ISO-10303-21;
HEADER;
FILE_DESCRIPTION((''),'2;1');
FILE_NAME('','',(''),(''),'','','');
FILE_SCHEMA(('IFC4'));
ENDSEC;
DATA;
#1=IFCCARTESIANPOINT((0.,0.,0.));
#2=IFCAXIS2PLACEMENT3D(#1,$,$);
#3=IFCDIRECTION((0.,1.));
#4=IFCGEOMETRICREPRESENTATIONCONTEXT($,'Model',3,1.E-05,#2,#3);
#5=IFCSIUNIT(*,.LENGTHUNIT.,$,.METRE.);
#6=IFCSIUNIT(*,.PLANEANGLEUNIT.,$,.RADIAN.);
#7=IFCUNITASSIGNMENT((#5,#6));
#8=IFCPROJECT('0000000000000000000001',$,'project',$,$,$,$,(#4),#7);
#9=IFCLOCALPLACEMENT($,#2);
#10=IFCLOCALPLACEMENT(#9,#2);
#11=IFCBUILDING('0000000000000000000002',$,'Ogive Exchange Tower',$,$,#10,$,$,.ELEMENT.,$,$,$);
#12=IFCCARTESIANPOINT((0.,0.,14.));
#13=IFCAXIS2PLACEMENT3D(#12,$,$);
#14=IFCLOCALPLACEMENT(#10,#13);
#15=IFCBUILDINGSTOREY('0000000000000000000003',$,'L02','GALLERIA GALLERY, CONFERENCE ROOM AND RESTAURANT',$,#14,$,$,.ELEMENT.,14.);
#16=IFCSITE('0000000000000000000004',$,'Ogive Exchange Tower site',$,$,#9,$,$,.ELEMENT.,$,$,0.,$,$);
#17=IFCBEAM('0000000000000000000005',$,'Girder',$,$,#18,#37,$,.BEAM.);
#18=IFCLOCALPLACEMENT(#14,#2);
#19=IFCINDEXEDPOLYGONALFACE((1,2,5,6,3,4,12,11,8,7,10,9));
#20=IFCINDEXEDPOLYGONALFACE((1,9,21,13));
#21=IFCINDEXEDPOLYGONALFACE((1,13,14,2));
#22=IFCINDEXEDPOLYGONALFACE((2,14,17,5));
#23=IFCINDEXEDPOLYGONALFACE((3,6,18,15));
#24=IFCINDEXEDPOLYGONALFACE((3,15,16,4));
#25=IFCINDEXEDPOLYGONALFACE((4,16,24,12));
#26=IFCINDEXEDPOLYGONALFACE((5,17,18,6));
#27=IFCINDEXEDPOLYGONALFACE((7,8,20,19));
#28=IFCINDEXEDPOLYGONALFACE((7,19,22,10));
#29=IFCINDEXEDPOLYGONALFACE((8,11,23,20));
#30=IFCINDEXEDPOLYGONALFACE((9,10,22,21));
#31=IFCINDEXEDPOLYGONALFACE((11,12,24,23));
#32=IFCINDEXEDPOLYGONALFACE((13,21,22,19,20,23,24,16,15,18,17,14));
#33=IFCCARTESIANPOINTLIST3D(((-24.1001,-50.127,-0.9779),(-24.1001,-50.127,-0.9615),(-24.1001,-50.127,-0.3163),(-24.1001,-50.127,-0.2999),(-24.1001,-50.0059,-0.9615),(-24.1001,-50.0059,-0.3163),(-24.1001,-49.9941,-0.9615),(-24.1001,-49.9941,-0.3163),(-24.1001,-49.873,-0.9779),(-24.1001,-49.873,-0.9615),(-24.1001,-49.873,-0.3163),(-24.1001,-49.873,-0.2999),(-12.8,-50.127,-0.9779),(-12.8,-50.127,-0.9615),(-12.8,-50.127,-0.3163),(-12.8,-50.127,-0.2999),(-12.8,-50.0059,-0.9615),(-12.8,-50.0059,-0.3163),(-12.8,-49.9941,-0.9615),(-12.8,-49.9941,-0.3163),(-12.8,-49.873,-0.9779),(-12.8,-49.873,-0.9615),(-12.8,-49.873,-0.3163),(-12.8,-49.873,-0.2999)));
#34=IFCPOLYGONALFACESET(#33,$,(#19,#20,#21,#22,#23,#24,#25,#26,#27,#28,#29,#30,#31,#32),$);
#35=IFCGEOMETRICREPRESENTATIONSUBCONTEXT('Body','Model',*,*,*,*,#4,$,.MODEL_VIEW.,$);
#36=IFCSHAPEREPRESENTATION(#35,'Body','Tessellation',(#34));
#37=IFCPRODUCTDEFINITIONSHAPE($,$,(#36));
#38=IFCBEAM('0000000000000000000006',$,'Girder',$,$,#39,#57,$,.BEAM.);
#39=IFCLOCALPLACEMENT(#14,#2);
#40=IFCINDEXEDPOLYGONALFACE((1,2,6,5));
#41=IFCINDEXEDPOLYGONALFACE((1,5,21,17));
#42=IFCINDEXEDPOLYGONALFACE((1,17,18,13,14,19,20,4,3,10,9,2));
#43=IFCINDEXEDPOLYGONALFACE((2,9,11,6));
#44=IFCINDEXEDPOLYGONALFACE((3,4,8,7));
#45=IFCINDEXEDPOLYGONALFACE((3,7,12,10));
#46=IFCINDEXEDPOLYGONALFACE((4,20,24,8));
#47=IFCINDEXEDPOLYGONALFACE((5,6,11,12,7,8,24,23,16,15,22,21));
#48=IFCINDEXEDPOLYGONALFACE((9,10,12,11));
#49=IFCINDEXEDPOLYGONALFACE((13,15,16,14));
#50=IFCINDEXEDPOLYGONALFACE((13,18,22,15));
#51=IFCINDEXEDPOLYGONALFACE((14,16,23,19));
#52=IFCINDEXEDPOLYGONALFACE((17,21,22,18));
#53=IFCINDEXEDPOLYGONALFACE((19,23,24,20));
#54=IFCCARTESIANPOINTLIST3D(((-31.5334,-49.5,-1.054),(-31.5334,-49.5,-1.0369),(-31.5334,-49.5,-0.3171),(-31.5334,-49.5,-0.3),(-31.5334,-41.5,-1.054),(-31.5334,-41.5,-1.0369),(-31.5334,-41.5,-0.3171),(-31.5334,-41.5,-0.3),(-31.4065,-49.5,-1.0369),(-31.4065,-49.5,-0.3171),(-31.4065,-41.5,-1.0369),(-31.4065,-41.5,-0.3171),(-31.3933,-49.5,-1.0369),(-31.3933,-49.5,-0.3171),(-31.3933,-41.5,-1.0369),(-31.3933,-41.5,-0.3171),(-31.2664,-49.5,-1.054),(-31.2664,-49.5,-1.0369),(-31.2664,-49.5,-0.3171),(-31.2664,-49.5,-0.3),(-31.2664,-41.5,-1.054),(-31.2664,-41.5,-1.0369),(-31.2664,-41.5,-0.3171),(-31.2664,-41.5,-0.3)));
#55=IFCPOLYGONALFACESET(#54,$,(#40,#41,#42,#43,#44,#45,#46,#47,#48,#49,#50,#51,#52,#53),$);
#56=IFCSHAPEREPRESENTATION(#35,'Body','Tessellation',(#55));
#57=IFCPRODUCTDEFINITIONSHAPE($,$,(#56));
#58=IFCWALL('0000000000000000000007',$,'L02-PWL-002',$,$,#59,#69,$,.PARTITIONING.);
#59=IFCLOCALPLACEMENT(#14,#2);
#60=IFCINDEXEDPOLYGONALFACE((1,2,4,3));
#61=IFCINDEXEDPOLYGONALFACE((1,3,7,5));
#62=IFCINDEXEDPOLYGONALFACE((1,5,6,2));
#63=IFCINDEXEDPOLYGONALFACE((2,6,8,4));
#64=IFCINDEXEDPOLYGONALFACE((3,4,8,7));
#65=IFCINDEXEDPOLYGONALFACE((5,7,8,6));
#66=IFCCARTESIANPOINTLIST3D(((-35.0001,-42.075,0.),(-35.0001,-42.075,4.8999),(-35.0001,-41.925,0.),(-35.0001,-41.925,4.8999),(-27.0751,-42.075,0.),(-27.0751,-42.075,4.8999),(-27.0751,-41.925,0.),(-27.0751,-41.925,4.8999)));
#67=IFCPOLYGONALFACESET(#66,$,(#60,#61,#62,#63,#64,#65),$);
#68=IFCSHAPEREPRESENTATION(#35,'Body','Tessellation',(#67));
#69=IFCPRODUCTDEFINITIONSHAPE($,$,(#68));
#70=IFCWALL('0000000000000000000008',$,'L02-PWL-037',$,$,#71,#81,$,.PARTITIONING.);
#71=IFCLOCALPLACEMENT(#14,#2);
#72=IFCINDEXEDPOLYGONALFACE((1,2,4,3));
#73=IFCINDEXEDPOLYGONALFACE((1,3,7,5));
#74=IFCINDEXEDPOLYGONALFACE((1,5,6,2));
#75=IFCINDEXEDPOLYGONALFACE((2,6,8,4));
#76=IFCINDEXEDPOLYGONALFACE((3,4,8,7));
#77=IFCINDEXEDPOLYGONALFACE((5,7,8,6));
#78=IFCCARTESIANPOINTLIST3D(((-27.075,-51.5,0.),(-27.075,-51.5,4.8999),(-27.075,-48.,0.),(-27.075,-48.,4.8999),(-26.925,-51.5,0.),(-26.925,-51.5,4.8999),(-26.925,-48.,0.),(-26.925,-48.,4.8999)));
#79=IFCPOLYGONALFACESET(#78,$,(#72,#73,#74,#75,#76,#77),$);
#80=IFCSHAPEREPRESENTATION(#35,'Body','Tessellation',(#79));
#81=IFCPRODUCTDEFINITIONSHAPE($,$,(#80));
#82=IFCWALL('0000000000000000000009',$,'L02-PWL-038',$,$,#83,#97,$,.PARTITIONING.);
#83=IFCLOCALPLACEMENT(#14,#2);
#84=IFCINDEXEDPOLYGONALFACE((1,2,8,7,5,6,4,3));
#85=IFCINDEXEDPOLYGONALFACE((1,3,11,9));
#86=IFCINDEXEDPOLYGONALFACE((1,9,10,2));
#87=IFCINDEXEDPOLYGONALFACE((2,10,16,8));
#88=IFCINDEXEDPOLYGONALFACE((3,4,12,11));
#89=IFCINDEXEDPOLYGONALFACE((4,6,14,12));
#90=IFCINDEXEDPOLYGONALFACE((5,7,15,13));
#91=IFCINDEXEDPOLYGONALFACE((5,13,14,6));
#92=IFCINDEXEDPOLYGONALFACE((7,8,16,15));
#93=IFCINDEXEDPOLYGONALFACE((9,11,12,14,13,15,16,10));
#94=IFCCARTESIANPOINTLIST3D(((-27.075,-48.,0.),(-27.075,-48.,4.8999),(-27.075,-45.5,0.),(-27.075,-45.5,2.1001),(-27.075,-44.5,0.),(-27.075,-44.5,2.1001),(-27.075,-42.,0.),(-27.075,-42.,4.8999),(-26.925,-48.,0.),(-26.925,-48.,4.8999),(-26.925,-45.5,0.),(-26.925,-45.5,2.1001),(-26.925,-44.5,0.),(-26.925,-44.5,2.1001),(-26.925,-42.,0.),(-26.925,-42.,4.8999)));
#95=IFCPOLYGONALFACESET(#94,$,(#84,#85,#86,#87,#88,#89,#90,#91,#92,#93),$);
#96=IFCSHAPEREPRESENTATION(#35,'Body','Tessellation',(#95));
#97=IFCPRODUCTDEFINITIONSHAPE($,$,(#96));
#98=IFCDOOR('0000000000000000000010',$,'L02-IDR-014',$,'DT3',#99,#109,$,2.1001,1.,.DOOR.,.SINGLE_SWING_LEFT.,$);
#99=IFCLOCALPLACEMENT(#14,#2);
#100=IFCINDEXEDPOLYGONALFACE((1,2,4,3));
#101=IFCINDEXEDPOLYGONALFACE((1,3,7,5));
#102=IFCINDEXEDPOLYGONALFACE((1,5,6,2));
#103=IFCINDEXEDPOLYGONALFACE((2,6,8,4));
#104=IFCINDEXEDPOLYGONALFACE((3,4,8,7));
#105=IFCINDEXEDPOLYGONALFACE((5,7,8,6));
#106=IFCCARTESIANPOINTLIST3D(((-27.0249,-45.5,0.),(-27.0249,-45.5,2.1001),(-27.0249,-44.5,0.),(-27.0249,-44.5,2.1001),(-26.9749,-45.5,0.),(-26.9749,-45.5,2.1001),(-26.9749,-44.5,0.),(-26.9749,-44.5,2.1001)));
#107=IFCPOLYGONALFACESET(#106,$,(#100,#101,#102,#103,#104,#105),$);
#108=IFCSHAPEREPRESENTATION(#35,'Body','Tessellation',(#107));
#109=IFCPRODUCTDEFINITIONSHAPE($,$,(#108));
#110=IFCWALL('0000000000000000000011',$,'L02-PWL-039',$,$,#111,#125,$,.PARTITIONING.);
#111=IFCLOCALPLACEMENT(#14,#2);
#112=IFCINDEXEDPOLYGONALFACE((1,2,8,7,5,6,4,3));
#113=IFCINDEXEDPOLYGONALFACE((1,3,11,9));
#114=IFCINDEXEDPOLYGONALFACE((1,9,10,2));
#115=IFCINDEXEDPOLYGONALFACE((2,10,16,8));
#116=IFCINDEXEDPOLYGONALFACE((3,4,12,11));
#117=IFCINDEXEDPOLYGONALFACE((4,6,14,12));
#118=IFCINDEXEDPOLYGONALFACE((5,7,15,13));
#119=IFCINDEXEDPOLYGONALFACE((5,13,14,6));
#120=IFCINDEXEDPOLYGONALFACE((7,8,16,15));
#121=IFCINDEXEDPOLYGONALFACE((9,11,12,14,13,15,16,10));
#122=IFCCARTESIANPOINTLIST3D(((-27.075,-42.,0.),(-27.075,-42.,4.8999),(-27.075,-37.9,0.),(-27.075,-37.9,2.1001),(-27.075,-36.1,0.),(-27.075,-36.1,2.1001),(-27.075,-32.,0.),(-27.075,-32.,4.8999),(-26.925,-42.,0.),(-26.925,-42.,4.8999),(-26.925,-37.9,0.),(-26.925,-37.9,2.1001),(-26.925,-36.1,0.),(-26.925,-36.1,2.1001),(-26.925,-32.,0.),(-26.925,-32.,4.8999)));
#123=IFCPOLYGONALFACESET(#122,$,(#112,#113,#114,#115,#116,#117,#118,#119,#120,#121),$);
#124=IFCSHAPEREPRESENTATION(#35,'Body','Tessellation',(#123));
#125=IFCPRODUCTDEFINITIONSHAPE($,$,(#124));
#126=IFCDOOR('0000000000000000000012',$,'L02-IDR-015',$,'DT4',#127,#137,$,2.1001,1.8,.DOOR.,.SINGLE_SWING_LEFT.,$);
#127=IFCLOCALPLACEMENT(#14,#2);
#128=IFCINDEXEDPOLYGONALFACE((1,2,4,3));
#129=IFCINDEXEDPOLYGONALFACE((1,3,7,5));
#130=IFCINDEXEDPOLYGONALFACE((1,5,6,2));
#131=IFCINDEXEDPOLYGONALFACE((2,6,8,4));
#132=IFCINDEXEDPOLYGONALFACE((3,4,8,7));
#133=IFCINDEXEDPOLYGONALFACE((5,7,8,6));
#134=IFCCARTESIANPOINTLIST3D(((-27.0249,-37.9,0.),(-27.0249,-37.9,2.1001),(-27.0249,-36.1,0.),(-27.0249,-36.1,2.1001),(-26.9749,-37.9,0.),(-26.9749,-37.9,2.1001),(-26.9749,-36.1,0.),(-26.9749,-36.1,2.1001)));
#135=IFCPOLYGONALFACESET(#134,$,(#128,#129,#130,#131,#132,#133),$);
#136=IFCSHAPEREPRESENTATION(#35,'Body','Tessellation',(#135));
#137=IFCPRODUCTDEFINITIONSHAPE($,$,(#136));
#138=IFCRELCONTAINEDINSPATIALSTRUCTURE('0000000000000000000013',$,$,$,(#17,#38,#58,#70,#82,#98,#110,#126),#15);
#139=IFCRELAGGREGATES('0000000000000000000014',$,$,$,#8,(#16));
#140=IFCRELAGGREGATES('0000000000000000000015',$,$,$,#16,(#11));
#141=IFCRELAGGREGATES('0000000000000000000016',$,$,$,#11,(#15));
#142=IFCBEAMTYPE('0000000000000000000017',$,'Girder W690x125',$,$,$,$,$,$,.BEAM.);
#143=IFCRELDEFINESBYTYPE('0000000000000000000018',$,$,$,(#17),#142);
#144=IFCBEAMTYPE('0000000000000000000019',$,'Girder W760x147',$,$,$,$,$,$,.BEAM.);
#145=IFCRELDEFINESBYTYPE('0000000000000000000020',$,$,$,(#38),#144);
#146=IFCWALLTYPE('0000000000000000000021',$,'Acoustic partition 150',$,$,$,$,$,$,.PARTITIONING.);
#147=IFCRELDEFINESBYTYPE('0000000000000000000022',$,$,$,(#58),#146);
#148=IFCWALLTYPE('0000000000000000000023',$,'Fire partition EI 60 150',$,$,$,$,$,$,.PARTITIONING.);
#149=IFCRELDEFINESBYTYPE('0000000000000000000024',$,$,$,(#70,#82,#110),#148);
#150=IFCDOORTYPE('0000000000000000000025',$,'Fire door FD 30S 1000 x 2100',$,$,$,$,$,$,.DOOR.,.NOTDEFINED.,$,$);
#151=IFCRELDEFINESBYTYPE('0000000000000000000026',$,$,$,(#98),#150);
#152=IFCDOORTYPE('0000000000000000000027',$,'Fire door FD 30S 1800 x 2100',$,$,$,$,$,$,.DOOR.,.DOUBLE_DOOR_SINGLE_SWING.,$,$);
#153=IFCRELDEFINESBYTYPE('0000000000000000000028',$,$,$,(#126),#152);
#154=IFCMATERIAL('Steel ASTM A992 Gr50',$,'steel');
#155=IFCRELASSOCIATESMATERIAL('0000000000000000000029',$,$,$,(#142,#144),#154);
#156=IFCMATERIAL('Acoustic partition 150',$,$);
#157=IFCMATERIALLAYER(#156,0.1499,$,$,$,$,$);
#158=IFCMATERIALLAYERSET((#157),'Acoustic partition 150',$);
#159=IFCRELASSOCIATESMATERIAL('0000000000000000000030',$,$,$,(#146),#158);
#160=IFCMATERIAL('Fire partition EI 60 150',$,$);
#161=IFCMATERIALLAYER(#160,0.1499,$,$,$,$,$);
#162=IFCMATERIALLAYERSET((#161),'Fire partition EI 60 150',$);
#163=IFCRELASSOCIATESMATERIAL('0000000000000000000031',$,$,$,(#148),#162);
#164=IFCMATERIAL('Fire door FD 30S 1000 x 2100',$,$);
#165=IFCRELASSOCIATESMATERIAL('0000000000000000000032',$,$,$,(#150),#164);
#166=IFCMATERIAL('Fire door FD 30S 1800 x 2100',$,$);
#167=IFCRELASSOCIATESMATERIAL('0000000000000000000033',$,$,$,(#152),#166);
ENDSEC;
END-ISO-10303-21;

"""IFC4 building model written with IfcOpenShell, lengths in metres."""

from ifc_helpers import new_model, si_unit, direction, frame, frame_2d, origin, origin_2d, place, context, subcontext, project, spatial, rectangle, i_section, extrude, material, layer, layer_set, material_profile, profile_set, type_object, element, fill, save


model = new_model("IFC4")

# Units and contexts
model_context = context("Model", 3, precision=1e-05, world=origin(), true_north=direction((0.0, 1.0)))
body_context = subcontext(model_context, "Body", "Model", "MODEL_VIEW")
ifc_project = project(units=[si_unit("LENGTHUNIT", "METRE"), si_unit("PLANEANGLEUNIT", "RADIAN")], contexts=[model_context])

# Site, building, storey
site_placement = place(None, origin())
site = spatial("IfcSite", under=ifc_project, at=site_placement, Name="Ogive Exchange Tower site", CompositionType="ELEMENT", RefElevation=0.0)
building_placement = place(site_placement, origin())
building = spatial("IfcBuilding", under=site, at=building_placement, Name="Ogive Exchange Tower", CompositionType="ELEMENT")
storey_placement = place(building_placement, frame((0.0, 0.0, 14.0)))
storey = spatial("IfcBuildingStorey", under=building, at=storey_placement, Name="L02", Description="GALLERIA GALLERY, CONFERENCE ROOM AND RESTAURANT", CompositionType="ELEMENT", Elevation=14.0)

# Shared definitions
ifc_material_1 = material(Name="Steel ASTM A992 Gr50", Category="steel")

# Beams
ifc_material_profile_1 = material_profile(ifc_material_1, i_section(OverallWidth=0.2539, OverallDepth=0.678, WebThickness=0.0117, FlangeThickness=0.0164, at=origin_2d()), Name="W690x125")
ifc_profile_set_1 = profile_set([ifc_material_profile_1], Name="Steel ASTM A992 Gr50")
beam_type_1 = type_object("IfcBeamType", Name="Girder W690x125", PredefinedType="BEAM", material=ifc_profile_set_1)
beam_1_placement = place(storey_placement, frame((-24.1001, -50.0, -0.6389), z_axis=(1.0, 0.0, 0.0), x_axis=(0.0, 1.0, 0.0)))
element("IfcBeam", 1, at=beam_1_placement, inside=storey, type_object=beam_type_1, Name="Girder", PredefinedType="BEAM", context=body_context, shape_type="SweptSolid", body=[
    extrude(i_section(OverallWidth=0.2539, OverallDepth=0.678, WebThickness=0.0117, FlangeThickness=0.0164, at=origin_2d()), origin(), (0.0, 0.0, 1.0), 11.3),
])
ifc_material_profile_2 = material_profile(ifc_material_1, i_section(OverallWidth=0.2671, OverallDepth=0.7539, WebThickness=0.0132, FlangeThickness=0.0171, at=origin_2d()), Name="W760x147")
ifc_profile_set_2 = profile_set([ifc_material_profile_2], Name="Steel ASTM A992 Gr50")
beam_type_2 = type_object("IfcBeamType", Name="Girder W760x147", PredefinedType="BEAM", material=ifc_profile_set_2)
beam_2_placement = place(storey_placement, frame((-31.3999, -49.5, -0.677), z_axis=(0.0, 1.0, 0.0), x_axis=(-1.0, 0.0, 0.0)))
element("IfcBeam", 2, at=beam_2_placement, inside=storey, type_object=beam_type_2, Name="Girder", PredefinedType="BEAM", context=body_context, shape_type="SweptSolid", body=[
    extrude(i_section(OverallWidth=0.2671, OverallDepth=0.7539, WebThickness=0.0132, FlangeThickness=0.0171, at=origin_2d()), origin(), (0.0, 0.0, 1.0), 8.0),
])

# Walls
ifc_material_2 = material(Name="Acoustic partition 150")
ifc_layer_1 = layer(ifc_material_2, 0.1499)
ifc_layer_set_1 = layer_set([ifc_layer_1], Name="Acoustic partition 150")
wall_type_1 = type_object("IfcWallType", Name="Acoustic partition 150", PredefinedType="PARTITIONING", material=ifc_layer_set_1)
wall_1_placement = place(storey_placement, frame((-35.0, -42.0, 0.0), z_axis=(0.0, 0.0, 1.0), x_axis=(1.0, 0.0, 0.0)))
element("IfcWall", 3, at=wall_1_placement, inside=storey, type_object=wall_type_1, Name="L02-PWL-002", PredefinedType="PARTITIONING", context=body_context, shape_type="SweptSolid", body=[
    extrude(rectangle(XDim=7.925, YDim=0.1499, at=frame_2d((3.9624, 0.0))), origin(), (0.0, 0.0, 1.0), 4.8999),
])
ifc_material_3 = material(Name="Fire partition EI 60 150")
ifc_layer_2 = layer(ifc_material_3, 0.1499)
ifc_layer_set_2 = layer_set([ifc_layer_2], Name="Fire partition EI 60 150")
wall_type_2 = type_object("IfcWallType", Name="Fire partition EI 60 150", PredefinedType="PARTITIONING", material=ifc_layer_set_2)
wall_2_placement = place(storey_placement, frame((-27.0, -51.5, 0.0), z_axis=(0.0, 0.0, 1.0), x_axis=(0.0, 1.0, 0.0)))
element("IfcWall", 4, at=wall_2_placement, inside=storey, type_object=wall_type_2, Name="L02-PWL-037", PredefinedType="PARTITIONING", context=body_context, shape_type="SweptSolid", body=[
    extrude(rectangle(XDim=3.5, YDim=0.1499, at=frame_2d((1.75, 0.0))), origin(), (0.0, 0.0, 1.0), 4.8999),
])

# Walls, openings, doors
wall_3_placement = place(storey_placement, frame((-27.0, -48.0, 0.0), z_axis=(0.0, 0.0, 1.0), x_axis=(0.0, 1.0, 0.0)))
wall_3 = element("IfcWall", 5, at=wall_3_placement, inside=storey, type_object=wall_type_2, Name="L02-PWL-038", PredefinedType="PARTITIONING", context=body_context, shape_type="SweptSolid", body=[
    extrude(rectangle(XDim=6.0, YDim=0.1499, at=frame_2d((3.0, 0.0))), origin(), (0.0, 0.0, 1.0), 4.8999),
])
opening_1_placement = place(wall_3_placement, frame((2.5, 0.0, 0.0)))
opening_1 = element("IfcOpeningElement", 6, at=opening_1_placement, cuts=wall_3, PredefinedType="OPENING", context=body_context, shape_type="SweptSolid", body=[
    extrude(rectangle(XDim=1.0, YDim=2.1001, at=frame_2d((0.5, 1.05))), frame((0.0, 0.085, 0.0), z_axis=(0.0, -1.0, 0.0), x_axis=(1.0, 0.0, 0.0)), (0.0, 0.0, 1.0), 0.1699),
])
ifc_material_4 = material(Name="Fire door FD 30S 1000 x 2100")
door_type_1 = type_object("IfcDoorType", Name="Fire door FD 30S 1000 x 2100", OperationType="NOTDEFINED", PredefinedType="DOOR", material=ifc_material_4)
door_1_placement = place(opening_1_placement, origin())
door_1 = element("IfcDoor", 7, at=door_1_placement, inside=storey, type_object=door_type_1, Name="L02-IDR-014", ObjectType="DT3", OperationType="SINGLE_SWING_LEFT", OverallHeight=2.1001, OverallWidth=1.0, PredefinedType="DOOR", context=body_context, shape_type="SweptSolid", body=[
    extrude(rectangle(XDim=1.0, YDim=2.1001, at=frame_2d((0.5, 1.05))), frame((0.0, 0.0249, 0.0), z_axis=(0.0, -1.0, 0.0), x_axis=(1.0, 0.0, 0.0)), (0.0, 0.0, 1.0), 0.05),
])
fill(opening_1, door_1)
wall_4_placement = place(storey_placement, frame((-27.0, -42.0, 0.0), z_axis=(0.0, 0.0, 1.0), x_axis=(0.0, 1.0, 0.0)))
wall_4 = element("IfcWall", 8, at=wall_4_placement, inside=storey, type_object=wall_type_2, Name="L02-PWL-039", PredefinedType="PARTITIONING", context=body_context, shape_type="SweptSolid", body=[
    extrude(rectangle(XDim=10.0, YDim=0.1499, at=frame_2d((5.0, 0.0))), origin(), (0.0, 0.0, 1.0), 4.8999),
])
opening_2_placement = place(wall_4_placement, frame((4.1001, 0.0, 0.0)))
opening_2 = element("IfcOpeningElement", 9, at=opening_2_placement, cuts=wall_4, PredefinedType="OPENING", context=body_context, shape_type="SweptSolid", body=[
    extrude(rectangle(XDim=1.8, YDim=2.1001, at=frame_2d((0.8999, 1.05))), frame((0.0, 0.085, 0.0), z_axis=(0.0, -1.0, 0.0), x_axis=(1.0, 0.0, 0.0)), (0.0, 0.0, 1.0), 0.1699),
])
ifc_material_5 = material(Name="Fire door FD 30S 1800 x 2100")
door_type_2 = type_object("IfcDoorType", Name="Fire door FD 30S 1800 x 2100", OperationType="DOUBLE_DOOR_SINGLE_SWING", PredefinedType="DOOR", material=ifc_material_5)
door_2_placement = place(opening_2_placement, origin())
door_2 = element("IfcDoor", 10, at=door_2_placement, inside=storey, type_object=door_type_2, Name="L02-IDR-015", ObjectType="DT4", OperationType="SINGLE_SWING_LEFT", OverallHeight=2.1001, OverallWidth=1.8, PredefinedType="DOOR", context=body_context, shape_type="SweptSolid", body=[
    extrude(rectangle(XDim=1.8, YDim=2.1001, at=frame_2d((0.8999, 1.05))), frame((0.0, 0.0249, 0.0), z_axis=(0.0, -1.0, 0.0), x_axis=(1.0, 0.0, 0.0)), (0.0, 0.0, 1.0), 0.05),
])
fill(opening_2, door_2)

save(model, "model.ifc")
